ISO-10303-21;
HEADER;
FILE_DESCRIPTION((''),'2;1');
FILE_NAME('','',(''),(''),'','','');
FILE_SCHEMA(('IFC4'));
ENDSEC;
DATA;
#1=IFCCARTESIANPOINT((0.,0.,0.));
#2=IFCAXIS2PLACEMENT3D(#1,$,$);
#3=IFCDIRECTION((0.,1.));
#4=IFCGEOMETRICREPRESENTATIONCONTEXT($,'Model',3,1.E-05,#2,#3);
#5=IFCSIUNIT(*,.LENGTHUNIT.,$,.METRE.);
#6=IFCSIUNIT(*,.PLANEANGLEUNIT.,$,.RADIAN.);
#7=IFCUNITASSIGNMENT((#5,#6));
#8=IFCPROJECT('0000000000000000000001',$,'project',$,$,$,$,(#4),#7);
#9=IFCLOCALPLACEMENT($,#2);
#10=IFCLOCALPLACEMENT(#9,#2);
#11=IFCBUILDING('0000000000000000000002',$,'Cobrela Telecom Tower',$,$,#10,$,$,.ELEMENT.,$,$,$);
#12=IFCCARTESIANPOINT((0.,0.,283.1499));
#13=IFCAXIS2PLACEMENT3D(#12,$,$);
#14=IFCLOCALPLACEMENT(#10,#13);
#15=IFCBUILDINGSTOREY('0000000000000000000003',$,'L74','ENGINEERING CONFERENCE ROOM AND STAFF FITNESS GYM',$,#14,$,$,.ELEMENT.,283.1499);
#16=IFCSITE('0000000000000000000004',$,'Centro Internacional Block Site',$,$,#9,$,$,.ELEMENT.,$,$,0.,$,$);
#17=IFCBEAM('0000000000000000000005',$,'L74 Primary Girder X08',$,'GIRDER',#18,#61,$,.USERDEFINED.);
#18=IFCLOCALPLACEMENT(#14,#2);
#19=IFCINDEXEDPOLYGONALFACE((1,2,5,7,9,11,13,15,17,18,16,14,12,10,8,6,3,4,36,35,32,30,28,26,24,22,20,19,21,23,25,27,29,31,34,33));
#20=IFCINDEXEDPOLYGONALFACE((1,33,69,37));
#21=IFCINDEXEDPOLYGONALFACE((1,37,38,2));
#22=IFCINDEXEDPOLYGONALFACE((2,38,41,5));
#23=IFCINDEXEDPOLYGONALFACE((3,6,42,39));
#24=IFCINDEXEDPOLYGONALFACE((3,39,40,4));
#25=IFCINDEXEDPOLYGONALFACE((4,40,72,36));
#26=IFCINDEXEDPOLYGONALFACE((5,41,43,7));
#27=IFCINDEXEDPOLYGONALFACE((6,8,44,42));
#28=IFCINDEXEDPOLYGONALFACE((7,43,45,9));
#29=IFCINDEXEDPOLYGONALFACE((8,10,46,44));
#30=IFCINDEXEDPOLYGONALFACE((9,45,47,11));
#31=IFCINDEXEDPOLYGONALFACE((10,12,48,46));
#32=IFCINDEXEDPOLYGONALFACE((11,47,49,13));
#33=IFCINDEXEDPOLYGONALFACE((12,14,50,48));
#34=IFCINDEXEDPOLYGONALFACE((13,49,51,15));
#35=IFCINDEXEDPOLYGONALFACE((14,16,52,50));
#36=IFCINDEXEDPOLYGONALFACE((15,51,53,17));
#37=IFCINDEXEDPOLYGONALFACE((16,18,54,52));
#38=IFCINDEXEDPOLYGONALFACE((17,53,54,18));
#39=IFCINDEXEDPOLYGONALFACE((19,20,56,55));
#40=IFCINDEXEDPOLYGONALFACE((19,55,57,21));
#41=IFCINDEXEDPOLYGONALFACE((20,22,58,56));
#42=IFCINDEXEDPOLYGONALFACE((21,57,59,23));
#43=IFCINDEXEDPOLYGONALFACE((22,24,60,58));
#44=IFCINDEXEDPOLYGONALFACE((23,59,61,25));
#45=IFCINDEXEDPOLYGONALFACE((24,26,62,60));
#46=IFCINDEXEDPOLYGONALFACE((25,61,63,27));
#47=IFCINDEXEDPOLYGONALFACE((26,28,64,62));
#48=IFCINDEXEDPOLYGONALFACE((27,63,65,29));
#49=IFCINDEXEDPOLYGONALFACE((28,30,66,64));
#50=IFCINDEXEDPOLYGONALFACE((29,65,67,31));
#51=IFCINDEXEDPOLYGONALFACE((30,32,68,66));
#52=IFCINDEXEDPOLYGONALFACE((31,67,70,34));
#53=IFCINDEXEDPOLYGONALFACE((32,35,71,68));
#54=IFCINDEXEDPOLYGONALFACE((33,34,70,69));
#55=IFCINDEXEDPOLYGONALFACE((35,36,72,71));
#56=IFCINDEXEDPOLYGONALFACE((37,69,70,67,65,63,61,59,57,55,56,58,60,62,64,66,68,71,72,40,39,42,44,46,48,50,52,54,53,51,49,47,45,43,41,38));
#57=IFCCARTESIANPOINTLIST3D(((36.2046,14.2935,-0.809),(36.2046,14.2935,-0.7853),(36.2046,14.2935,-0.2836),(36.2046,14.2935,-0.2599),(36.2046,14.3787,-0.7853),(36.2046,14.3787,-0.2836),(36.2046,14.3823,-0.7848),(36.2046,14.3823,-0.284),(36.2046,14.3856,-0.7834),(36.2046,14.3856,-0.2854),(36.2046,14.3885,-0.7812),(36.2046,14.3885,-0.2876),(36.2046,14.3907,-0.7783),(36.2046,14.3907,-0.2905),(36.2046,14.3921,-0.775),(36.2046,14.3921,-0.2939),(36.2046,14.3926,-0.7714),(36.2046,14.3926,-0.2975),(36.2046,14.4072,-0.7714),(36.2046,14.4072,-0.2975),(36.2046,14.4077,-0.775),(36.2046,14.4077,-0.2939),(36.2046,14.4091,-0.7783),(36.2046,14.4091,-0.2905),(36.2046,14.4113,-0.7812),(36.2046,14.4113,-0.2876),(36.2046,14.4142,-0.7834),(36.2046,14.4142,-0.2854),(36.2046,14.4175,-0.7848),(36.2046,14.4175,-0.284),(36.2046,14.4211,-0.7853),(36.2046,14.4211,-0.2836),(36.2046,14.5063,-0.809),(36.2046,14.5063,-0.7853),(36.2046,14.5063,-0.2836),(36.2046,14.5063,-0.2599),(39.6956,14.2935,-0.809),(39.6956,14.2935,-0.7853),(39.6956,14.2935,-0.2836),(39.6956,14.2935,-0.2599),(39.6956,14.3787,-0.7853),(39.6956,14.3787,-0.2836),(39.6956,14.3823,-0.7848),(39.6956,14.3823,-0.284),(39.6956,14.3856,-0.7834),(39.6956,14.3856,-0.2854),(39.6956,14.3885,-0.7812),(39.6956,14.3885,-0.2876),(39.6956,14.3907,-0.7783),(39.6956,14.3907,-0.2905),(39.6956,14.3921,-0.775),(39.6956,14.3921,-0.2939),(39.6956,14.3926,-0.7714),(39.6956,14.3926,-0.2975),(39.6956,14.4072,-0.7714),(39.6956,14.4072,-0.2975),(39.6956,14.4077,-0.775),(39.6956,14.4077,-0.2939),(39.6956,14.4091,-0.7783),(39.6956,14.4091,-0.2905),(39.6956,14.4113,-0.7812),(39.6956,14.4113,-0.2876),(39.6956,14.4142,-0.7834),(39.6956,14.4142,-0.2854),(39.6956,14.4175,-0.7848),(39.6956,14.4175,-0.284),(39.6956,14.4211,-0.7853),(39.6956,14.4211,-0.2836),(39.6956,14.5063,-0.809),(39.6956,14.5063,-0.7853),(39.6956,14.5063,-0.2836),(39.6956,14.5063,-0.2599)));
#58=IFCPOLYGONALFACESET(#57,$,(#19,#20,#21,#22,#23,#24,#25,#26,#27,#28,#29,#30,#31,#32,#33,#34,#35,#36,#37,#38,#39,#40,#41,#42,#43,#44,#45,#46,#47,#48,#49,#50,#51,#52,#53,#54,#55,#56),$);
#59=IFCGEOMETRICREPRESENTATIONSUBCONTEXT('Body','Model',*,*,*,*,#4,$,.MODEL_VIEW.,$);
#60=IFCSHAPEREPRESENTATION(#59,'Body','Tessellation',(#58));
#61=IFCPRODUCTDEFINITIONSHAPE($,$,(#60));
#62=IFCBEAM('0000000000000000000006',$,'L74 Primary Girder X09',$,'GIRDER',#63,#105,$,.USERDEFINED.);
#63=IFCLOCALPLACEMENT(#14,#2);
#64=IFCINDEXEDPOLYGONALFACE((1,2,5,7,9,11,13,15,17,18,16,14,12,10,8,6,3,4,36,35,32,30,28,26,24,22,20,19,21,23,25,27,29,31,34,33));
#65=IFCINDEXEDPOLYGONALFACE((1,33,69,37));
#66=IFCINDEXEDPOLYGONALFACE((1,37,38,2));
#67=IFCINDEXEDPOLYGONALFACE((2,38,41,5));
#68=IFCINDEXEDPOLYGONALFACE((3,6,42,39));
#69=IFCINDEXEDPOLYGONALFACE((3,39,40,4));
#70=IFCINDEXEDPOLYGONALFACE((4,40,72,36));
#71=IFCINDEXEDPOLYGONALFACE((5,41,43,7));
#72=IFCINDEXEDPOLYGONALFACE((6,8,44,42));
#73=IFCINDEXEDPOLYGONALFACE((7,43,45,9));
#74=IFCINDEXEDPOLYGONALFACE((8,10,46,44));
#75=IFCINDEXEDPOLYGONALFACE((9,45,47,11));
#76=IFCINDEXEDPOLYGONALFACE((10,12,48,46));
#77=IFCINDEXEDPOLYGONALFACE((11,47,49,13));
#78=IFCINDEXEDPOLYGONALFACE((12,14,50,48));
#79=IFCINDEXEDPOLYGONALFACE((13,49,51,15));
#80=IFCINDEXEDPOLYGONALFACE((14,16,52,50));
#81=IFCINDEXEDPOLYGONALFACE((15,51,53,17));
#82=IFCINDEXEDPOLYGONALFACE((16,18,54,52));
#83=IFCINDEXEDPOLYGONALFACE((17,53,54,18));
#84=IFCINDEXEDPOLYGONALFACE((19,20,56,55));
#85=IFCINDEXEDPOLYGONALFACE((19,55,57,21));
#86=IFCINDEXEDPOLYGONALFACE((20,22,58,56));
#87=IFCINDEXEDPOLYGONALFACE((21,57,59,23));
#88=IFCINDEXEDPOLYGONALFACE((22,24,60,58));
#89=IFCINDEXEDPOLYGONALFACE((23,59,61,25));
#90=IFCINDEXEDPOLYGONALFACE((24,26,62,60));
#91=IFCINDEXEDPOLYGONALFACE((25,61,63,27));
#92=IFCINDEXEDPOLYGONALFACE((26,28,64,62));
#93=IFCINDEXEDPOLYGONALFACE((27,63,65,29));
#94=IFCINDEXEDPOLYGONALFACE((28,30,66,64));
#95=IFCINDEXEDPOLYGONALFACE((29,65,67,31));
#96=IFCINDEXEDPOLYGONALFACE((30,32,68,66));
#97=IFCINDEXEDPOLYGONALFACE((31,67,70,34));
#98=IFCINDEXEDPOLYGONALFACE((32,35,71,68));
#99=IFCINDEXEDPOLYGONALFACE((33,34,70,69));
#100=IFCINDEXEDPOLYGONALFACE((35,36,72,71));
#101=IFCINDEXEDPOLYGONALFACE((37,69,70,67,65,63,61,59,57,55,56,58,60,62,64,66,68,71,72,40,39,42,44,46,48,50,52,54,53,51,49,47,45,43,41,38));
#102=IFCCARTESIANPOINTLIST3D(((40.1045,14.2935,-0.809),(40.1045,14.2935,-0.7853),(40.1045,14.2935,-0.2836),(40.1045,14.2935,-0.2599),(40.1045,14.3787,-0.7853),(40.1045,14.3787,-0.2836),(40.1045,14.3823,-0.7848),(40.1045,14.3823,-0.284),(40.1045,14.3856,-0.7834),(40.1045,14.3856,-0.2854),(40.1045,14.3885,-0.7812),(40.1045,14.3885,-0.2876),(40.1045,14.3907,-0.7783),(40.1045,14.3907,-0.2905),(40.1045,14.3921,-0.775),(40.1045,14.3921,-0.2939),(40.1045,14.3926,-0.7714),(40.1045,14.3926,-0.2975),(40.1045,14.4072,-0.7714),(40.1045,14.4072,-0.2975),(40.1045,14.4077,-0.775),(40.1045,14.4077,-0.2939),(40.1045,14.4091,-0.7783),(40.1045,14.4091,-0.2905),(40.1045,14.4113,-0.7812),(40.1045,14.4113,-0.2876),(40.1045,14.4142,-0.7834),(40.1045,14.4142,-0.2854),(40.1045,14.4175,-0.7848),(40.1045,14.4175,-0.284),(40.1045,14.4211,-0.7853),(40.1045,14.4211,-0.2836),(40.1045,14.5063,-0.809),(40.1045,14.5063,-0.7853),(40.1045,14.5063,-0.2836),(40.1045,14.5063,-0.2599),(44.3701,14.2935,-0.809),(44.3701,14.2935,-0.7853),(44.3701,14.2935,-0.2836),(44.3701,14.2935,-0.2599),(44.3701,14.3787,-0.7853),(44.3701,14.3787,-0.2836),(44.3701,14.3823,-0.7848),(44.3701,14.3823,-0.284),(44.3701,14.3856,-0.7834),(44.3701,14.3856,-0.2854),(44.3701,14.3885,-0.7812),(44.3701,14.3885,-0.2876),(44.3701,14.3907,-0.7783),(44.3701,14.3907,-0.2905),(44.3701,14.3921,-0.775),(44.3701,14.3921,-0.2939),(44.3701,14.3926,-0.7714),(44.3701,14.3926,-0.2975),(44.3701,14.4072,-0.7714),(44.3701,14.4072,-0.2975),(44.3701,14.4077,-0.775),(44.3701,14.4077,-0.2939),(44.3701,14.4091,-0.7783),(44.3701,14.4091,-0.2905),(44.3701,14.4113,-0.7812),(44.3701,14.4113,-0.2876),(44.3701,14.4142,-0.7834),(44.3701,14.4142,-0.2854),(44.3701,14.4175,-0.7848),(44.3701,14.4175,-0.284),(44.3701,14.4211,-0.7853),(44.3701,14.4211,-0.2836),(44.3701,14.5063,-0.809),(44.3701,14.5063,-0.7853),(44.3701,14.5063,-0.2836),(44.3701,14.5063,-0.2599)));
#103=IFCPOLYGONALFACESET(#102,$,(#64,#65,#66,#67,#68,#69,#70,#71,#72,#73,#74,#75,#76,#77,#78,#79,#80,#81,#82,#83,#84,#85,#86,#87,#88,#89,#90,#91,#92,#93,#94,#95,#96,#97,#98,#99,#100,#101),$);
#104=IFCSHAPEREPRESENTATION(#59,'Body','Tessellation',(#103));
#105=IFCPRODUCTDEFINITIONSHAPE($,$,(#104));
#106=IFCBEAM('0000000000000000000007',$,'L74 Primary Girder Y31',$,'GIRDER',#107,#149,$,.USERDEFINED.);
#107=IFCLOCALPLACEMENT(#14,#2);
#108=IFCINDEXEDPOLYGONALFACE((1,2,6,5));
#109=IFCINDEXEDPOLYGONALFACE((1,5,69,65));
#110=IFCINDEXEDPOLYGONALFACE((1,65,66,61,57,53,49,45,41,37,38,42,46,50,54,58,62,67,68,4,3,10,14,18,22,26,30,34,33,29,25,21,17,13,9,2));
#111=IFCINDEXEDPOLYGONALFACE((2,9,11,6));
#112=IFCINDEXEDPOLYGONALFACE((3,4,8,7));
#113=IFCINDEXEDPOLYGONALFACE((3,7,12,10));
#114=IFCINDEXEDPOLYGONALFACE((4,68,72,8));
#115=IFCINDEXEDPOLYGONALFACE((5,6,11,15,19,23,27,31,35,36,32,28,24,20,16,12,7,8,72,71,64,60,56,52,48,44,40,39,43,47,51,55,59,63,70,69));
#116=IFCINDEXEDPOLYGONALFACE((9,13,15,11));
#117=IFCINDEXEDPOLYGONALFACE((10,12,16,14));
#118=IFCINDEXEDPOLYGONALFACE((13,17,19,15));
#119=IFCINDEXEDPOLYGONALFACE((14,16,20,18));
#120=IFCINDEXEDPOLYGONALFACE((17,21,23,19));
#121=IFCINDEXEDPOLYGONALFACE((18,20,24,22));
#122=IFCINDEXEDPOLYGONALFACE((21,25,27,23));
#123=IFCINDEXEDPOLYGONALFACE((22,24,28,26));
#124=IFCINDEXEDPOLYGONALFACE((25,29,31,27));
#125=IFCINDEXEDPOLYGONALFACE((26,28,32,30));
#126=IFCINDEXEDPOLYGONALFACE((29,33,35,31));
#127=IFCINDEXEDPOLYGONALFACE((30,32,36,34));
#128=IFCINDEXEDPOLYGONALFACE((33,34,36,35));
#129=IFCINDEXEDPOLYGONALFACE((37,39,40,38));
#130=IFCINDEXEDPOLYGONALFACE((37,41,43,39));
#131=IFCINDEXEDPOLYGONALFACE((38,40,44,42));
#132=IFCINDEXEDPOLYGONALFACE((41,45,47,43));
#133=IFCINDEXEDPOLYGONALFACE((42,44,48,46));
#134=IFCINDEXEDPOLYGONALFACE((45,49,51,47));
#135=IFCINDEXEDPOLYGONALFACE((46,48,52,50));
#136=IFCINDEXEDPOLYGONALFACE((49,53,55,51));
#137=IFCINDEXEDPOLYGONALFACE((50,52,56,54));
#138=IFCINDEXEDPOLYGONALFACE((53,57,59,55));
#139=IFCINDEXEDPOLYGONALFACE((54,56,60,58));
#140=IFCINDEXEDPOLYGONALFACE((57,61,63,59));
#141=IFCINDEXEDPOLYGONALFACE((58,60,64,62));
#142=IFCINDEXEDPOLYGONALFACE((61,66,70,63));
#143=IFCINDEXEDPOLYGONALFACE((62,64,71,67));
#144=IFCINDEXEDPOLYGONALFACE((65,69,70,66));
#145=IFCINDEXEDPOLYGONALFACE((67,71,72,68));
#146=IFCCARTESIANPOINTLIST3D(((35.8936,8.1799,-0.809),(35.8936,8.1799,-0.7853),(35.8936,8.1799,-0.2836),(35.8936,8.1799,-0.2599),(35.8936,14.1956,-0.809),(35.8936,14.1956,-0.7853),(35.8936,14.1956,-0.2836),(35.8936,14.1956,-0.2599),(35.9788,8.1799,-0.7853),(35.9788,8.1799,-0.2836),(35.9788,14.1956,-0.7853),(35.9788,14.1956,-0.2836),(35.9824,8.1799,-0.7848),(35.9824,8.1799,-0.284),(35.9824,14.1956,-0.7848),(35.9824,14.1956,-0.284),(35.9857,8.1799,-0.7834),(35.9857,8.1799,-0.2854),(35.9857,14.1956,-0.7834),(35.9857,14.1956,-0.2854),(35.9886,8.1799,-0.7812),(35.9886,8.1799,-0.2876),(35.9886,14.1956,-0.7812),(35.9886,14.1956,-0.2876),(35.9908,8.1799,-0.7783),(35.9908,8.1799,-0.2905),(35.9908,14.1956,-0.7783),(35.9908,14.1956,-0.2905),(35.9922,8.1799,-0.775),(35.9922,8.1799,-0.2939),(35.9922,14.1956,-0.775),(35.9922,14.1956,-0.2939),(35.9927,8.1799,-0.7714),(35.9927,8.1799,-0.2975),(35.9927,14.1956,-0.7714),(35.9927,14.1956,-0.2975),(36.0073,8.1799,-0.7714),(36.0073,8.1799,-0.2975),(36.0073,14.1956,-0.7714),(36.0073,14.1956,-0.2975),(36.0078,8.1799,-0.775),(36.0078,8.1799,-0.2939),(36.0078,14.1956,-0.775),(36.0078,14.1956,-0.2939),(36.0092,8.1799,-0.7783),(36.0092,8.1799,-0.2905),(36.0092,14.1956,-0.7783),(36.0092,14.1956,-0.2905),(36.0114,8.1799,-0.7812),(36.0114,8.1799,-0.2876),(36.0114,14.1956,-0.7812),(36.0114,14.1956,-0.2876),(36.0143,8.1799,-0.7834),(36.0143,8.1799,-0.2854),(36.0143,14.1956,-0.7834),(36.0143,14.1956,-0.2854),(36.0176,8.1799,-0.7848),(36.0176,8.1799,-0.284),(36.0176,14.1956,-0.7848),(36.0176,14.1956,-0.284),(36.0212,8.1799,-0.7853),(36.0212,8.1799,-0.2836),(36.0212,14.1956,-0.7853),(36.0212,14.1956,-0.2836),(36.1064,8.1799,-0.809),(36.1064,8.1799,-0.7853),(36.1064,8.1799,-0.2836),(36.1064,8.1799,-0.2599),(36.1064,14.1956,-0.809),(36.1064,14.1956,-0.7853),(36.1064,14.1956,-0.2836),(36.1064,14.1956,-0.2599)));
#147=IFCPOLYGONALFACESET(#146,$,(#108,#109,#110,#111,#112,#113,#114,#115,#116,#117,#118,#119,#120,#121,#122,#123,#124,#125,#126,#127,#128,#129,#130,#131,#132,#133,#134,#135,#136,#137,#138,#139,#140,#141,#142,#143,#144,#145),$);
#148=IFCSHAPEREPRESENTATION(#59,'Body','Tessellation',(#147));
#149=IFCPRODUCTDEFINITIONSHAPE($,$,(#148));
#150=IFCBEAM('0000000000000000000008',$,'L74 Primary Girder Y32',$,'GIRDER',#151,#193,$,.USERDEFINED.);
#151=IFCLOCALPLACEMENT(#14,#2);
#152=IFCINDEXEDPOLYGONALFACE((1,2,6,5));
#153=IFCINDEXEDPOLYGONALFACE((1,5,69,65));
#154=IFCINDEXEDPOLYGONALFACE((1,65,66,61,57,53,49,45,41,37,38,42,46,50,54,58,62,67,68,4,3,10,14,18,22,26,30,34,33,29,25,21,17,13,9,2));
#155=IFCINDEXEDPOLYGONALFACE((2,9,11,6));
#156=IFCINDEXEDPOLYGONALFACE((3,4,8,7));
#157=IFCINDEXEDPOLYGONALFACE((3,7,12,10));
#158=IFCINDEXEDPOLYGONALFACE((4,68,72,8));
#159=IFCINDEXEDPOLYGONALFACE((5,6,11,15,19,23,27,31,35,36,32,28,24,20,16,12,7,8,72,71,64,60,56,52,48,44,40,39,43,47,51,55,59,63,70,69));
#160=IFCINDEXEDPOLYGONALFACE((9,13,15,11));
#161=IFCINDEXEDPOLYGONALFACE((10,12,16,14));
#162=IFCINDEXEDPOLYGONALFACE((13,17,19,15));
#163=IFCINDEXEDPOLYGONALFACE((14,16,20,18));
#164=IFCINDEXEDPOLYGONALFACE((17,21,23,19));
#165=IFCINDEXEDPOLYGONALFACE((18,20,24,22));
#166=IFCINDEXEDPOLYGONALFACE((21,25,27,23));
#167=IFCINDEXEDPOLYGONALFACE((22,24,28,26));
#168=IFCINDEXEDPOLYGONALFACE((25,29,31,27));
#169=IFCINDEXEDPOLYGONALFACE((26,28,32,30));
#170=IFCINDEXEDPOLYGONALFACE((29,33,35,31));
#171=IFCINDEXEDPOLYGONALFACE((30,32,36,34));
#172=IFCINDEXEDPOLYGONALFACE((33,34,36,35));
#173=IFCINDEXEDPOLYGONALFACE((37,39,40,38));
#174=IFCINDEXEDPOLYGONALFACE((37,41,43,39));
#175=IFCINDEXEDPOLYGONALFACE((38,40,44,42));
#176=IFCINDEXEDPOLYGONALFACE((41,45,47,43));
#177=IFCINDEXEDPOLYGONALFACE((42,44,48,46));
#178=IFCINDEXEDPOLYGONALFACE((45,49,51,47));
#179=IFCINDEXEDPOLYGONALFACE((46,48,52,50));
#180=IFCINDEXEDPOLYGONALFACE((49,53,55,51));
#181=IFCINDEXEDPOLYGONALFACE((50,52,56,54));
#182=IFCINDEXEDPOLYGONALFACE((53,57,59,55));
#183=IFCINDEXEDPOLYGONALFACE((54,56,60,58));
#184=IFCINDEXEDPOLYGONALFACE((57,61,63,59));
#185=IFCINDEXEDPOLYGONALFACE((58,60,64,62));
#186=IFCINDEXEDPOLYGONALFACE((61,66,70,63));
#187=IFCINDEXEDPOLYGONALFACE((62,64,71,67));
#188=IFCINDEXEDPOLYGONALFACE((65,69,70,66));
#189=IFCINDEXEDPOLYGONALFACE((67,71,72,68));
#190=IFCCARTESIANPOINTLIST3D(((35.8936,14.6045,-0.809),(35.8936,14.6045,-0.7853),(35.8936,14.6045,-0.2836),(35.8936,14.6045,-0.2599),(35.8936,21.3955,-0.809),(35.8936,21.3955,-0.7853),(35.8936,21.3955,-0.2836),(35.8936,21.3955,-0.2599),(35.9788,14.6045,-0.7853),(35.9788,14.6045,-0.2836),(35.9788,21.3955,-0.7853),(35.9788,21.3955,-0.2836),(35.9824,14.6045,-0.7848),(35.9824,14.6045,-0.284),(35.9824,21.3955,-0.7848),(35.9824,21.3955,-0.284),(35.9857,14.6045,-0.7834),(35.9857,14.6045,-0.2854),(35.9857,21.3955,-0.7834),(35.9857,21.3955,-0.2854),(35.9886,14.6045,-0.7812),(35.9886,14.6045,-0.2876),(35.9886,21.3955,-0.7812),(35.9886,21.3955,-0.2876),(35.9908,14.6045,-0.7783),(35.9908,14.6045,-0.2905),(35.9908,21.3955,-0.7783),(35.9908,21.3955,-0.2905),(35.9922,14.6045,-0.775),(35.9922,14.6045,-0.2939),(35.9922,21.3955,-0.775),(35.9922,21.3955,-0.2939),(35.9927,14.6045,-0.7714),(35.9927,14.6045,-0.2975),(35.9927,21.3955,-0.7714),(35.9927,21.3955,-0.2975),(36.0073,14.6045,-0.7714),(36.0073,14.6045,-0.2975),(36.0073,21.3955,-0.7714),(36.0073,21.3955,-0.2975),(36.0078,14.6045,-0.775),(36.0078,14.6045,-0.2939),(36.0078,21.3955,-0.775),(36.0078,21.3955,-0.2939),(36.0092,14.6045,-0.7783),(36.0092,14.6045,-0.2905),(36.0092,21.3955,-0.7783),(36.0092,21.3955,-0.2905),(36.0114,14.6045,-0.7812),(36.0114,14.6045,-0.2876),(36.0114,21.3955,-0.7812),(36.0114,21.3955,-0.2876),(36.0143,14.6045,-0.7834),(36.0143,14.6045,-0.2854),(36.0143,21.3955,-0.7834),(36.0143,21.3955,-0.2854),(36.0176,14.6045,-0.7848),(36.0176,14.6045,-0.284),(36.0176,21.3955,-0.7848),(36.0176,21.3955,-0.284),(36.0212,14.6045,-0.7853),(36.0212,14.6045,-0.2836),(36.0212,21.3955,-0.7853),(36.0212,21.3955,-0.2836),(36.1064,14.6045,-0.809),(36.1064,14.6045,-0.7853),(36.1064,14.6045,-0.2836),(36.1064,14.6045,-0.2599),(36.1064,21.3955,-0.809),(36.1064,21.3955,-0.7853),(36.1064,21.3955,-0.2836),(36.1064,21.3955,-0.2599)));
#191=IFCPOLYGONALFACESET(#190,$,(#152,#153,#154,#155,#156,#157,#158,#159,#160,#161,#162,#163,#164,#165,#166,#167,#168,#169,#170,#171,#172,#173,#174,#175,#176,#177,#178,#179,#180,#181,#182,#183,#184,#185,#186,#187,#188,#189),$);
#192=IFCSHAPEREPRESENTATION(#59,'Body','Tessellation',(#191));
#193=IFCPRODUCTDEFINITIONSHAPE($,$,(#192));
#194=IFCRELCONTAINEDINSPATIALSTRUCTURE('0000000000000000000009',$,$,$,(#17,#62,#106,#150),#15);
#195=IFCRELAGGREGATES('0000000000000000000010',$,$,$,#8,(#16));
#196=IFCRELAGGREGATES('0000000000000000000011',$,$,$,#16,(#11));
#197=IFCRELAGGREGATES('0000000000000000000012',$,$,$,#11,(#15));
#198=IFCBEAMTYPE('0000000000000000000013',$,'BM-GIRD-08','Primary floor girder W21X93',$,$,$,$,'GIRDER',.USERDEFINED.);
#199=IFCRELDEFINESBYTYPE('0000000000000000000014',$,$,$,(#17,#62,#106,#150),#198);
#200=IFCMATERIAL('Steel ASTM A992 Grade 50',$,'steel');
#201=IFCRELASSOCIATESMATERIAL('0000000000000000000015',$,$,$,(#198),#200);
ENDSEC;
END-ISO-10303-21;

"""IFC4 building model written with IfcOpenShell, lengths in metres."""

from ifc_helpers import new_model, si_unit, direction, frame, origin, origin_2d, place, context, subcontext, project, spatial, i_section, extrude, material, material_profile, profile_set, type_object, element, save


model = new_model("IFC4")

# Units and contexts
model_context = context("Model", 3, precision=1e-05, world=origin(), true_north=direction((0.0, 1.0)))
body_context = subcontext(model_context, "Body", "Model", "MODEL_VIEW")
ifc_project = project(units=[si_unit("LENGTHUNIT", "METRE"), si_unit("PLANEANGLEUNIT", "RADIAN")], contexts=[model_context])

# Site, building, storey
site_placement = place(None, origin())
site = spatial("IfcSite", under=ifc_project, at=site_placement, Name="Centro Internacional Block Site", CompositionType="ELEMENT", RefElevation=0.0)
building_placement = place(site_placement, origin())
building = spatial("IfcBuilding", under=site, at=building_placement, Name="Cobrela Telecom Tower", CompositionType="ELEMENT")
storey_placement = place(building_placement, frame((0.0, 0.0, 283.1499)))
storey = spatial("IfcBuildingStorey", under=building, at=storey_placement, Name="L74", Description="ENGINEERING CONFERENCE ROOM AND STAFF FITNESS GYM", CompositionType="ELEMENT", Elevation=283.1499)

# Shared definitions
ifc_material_1 = material(Name="Steel ASTM A992 Grade 50", Category="steel")

# Beams
ifc_material_profile_1 = material_profile(ifc_material_1, i_section(OverallWidth=0.2129, OverallDepth=0.5491, WebThickness=0.0146, FlangeThickness=0.0237, FilletRadius=0.0139, at=origin_2d()), Name="W21X93")
ifc_profile_set_1 = profile_set([ifc_material_profile_1], Name="Steel ASTM A992 Grade 50")
beam_type_1 = type_object("IfcBeamType", Name="BM-GIRD-08", Description="Primary floor girder W21X93", ElementType="GIRDER", PredefinedType="USERDEFINED", material=ifc_profile_set_1)
beam_1_placement = place(storey_placement, frame((36.2046, 14.3999, -0.5344), z_axis=(1.0, 0.0, 0.0), x_axis=(0.0, 1.0, 0.0)))
element("IfcBeam", 1, at=beam_1_placement, inside=storey, type_object=beam_type_1, Name="L74 Primary Girder X08", ObjectType="GIRDER", PredefinedType="USERDEFINED", context=body_context, shape_type="SweptSolid", body=[
    extrude(i_section(OverallWidth=0.2129, OverallDepth=0.5491, WebThickness=0.0146, FlangeThickness=0.0237, FilletRadius=0.0139, at=origin_2d()), origin(), (0.0, 0.0, 1.0), 3.491),
])
beam_2_placement = place(storey_placement, frame((40.1045, 14.3999, -0.5344), z_axis=(1.0, 0.0, 0.0), x_axis=(0.0, 1.0, 0.0)))
element("IfcBeam", 2, at=beam_2_placement, inside=storey, type_object=beam_type_1, Name="L74 Primary Girder X09", ObjectType="GIRDER", PredefinedType="USERDEFINED", context=body_context, shape_type="SweptSolid", body=[
    extrude(i_section(OverallWidth=0.2129, OverallDepth=0.5491, WebThickness=0.0146, FlangeThickness=0.0237, FilletRadius=0.0139, at=origin_2d()), origin(), (0.0, 0.0, 1.0), 4.2656),
])
beam_3_placement = place(storey_placement, frame((36.0, 8.1799, -0.5344), z_axis=(0.0, 1.0, 0.0), x_axis=(-1.0, 0.0, 0.0)))
element("IfcBeam", 3, at=beam_3_placement, inside=storey, type_object=beam_type_1, Name="L74 Primary Girder Y31", ObjectType="GIRDER", PredefinedType="USERDEFINED", context=body_context, shape_type="SweptSolid", body=[
    extrude(i_section(OverallWidth=0.2129, OverallDepth=0.5491, WebThickness=0.0146, FlangeThickness=0.0237, FilletRadius=0.0139, at=origin_2d()), origin(), (0.0, 0.0, 1.0), 6.0156),
])
for number, where, z_axis, x_axis, name in (
    (4, (36.0, 14.6045, -0.5344), (0.0, 1.0, 0.0), (-1.0, 0.0, 0.0), "L74 Primary Girder Y32"),
):
    element("IfcBeam", number, at=place(storey_placement, frame(where, z_axis=z_axis, x_axis=x_axis)), inside=storey, type_object=beam_type_1, Name=name, ObjectType="GIRDER", PredefinedType="USERDEFINED", context=body_context, shape_type="SweptSolid", body=[
        extrude(i_section(OverallWidth=0.2129, OverallDepth=0.5491, WebThickness=0.0146, FlangeThickness=0.0237, FilletRadius=0.0139, at=origin_2d()), origin(), (0.0, 0.0, 1.0), 6.791),
    ])

save(model, "model.ifc")
